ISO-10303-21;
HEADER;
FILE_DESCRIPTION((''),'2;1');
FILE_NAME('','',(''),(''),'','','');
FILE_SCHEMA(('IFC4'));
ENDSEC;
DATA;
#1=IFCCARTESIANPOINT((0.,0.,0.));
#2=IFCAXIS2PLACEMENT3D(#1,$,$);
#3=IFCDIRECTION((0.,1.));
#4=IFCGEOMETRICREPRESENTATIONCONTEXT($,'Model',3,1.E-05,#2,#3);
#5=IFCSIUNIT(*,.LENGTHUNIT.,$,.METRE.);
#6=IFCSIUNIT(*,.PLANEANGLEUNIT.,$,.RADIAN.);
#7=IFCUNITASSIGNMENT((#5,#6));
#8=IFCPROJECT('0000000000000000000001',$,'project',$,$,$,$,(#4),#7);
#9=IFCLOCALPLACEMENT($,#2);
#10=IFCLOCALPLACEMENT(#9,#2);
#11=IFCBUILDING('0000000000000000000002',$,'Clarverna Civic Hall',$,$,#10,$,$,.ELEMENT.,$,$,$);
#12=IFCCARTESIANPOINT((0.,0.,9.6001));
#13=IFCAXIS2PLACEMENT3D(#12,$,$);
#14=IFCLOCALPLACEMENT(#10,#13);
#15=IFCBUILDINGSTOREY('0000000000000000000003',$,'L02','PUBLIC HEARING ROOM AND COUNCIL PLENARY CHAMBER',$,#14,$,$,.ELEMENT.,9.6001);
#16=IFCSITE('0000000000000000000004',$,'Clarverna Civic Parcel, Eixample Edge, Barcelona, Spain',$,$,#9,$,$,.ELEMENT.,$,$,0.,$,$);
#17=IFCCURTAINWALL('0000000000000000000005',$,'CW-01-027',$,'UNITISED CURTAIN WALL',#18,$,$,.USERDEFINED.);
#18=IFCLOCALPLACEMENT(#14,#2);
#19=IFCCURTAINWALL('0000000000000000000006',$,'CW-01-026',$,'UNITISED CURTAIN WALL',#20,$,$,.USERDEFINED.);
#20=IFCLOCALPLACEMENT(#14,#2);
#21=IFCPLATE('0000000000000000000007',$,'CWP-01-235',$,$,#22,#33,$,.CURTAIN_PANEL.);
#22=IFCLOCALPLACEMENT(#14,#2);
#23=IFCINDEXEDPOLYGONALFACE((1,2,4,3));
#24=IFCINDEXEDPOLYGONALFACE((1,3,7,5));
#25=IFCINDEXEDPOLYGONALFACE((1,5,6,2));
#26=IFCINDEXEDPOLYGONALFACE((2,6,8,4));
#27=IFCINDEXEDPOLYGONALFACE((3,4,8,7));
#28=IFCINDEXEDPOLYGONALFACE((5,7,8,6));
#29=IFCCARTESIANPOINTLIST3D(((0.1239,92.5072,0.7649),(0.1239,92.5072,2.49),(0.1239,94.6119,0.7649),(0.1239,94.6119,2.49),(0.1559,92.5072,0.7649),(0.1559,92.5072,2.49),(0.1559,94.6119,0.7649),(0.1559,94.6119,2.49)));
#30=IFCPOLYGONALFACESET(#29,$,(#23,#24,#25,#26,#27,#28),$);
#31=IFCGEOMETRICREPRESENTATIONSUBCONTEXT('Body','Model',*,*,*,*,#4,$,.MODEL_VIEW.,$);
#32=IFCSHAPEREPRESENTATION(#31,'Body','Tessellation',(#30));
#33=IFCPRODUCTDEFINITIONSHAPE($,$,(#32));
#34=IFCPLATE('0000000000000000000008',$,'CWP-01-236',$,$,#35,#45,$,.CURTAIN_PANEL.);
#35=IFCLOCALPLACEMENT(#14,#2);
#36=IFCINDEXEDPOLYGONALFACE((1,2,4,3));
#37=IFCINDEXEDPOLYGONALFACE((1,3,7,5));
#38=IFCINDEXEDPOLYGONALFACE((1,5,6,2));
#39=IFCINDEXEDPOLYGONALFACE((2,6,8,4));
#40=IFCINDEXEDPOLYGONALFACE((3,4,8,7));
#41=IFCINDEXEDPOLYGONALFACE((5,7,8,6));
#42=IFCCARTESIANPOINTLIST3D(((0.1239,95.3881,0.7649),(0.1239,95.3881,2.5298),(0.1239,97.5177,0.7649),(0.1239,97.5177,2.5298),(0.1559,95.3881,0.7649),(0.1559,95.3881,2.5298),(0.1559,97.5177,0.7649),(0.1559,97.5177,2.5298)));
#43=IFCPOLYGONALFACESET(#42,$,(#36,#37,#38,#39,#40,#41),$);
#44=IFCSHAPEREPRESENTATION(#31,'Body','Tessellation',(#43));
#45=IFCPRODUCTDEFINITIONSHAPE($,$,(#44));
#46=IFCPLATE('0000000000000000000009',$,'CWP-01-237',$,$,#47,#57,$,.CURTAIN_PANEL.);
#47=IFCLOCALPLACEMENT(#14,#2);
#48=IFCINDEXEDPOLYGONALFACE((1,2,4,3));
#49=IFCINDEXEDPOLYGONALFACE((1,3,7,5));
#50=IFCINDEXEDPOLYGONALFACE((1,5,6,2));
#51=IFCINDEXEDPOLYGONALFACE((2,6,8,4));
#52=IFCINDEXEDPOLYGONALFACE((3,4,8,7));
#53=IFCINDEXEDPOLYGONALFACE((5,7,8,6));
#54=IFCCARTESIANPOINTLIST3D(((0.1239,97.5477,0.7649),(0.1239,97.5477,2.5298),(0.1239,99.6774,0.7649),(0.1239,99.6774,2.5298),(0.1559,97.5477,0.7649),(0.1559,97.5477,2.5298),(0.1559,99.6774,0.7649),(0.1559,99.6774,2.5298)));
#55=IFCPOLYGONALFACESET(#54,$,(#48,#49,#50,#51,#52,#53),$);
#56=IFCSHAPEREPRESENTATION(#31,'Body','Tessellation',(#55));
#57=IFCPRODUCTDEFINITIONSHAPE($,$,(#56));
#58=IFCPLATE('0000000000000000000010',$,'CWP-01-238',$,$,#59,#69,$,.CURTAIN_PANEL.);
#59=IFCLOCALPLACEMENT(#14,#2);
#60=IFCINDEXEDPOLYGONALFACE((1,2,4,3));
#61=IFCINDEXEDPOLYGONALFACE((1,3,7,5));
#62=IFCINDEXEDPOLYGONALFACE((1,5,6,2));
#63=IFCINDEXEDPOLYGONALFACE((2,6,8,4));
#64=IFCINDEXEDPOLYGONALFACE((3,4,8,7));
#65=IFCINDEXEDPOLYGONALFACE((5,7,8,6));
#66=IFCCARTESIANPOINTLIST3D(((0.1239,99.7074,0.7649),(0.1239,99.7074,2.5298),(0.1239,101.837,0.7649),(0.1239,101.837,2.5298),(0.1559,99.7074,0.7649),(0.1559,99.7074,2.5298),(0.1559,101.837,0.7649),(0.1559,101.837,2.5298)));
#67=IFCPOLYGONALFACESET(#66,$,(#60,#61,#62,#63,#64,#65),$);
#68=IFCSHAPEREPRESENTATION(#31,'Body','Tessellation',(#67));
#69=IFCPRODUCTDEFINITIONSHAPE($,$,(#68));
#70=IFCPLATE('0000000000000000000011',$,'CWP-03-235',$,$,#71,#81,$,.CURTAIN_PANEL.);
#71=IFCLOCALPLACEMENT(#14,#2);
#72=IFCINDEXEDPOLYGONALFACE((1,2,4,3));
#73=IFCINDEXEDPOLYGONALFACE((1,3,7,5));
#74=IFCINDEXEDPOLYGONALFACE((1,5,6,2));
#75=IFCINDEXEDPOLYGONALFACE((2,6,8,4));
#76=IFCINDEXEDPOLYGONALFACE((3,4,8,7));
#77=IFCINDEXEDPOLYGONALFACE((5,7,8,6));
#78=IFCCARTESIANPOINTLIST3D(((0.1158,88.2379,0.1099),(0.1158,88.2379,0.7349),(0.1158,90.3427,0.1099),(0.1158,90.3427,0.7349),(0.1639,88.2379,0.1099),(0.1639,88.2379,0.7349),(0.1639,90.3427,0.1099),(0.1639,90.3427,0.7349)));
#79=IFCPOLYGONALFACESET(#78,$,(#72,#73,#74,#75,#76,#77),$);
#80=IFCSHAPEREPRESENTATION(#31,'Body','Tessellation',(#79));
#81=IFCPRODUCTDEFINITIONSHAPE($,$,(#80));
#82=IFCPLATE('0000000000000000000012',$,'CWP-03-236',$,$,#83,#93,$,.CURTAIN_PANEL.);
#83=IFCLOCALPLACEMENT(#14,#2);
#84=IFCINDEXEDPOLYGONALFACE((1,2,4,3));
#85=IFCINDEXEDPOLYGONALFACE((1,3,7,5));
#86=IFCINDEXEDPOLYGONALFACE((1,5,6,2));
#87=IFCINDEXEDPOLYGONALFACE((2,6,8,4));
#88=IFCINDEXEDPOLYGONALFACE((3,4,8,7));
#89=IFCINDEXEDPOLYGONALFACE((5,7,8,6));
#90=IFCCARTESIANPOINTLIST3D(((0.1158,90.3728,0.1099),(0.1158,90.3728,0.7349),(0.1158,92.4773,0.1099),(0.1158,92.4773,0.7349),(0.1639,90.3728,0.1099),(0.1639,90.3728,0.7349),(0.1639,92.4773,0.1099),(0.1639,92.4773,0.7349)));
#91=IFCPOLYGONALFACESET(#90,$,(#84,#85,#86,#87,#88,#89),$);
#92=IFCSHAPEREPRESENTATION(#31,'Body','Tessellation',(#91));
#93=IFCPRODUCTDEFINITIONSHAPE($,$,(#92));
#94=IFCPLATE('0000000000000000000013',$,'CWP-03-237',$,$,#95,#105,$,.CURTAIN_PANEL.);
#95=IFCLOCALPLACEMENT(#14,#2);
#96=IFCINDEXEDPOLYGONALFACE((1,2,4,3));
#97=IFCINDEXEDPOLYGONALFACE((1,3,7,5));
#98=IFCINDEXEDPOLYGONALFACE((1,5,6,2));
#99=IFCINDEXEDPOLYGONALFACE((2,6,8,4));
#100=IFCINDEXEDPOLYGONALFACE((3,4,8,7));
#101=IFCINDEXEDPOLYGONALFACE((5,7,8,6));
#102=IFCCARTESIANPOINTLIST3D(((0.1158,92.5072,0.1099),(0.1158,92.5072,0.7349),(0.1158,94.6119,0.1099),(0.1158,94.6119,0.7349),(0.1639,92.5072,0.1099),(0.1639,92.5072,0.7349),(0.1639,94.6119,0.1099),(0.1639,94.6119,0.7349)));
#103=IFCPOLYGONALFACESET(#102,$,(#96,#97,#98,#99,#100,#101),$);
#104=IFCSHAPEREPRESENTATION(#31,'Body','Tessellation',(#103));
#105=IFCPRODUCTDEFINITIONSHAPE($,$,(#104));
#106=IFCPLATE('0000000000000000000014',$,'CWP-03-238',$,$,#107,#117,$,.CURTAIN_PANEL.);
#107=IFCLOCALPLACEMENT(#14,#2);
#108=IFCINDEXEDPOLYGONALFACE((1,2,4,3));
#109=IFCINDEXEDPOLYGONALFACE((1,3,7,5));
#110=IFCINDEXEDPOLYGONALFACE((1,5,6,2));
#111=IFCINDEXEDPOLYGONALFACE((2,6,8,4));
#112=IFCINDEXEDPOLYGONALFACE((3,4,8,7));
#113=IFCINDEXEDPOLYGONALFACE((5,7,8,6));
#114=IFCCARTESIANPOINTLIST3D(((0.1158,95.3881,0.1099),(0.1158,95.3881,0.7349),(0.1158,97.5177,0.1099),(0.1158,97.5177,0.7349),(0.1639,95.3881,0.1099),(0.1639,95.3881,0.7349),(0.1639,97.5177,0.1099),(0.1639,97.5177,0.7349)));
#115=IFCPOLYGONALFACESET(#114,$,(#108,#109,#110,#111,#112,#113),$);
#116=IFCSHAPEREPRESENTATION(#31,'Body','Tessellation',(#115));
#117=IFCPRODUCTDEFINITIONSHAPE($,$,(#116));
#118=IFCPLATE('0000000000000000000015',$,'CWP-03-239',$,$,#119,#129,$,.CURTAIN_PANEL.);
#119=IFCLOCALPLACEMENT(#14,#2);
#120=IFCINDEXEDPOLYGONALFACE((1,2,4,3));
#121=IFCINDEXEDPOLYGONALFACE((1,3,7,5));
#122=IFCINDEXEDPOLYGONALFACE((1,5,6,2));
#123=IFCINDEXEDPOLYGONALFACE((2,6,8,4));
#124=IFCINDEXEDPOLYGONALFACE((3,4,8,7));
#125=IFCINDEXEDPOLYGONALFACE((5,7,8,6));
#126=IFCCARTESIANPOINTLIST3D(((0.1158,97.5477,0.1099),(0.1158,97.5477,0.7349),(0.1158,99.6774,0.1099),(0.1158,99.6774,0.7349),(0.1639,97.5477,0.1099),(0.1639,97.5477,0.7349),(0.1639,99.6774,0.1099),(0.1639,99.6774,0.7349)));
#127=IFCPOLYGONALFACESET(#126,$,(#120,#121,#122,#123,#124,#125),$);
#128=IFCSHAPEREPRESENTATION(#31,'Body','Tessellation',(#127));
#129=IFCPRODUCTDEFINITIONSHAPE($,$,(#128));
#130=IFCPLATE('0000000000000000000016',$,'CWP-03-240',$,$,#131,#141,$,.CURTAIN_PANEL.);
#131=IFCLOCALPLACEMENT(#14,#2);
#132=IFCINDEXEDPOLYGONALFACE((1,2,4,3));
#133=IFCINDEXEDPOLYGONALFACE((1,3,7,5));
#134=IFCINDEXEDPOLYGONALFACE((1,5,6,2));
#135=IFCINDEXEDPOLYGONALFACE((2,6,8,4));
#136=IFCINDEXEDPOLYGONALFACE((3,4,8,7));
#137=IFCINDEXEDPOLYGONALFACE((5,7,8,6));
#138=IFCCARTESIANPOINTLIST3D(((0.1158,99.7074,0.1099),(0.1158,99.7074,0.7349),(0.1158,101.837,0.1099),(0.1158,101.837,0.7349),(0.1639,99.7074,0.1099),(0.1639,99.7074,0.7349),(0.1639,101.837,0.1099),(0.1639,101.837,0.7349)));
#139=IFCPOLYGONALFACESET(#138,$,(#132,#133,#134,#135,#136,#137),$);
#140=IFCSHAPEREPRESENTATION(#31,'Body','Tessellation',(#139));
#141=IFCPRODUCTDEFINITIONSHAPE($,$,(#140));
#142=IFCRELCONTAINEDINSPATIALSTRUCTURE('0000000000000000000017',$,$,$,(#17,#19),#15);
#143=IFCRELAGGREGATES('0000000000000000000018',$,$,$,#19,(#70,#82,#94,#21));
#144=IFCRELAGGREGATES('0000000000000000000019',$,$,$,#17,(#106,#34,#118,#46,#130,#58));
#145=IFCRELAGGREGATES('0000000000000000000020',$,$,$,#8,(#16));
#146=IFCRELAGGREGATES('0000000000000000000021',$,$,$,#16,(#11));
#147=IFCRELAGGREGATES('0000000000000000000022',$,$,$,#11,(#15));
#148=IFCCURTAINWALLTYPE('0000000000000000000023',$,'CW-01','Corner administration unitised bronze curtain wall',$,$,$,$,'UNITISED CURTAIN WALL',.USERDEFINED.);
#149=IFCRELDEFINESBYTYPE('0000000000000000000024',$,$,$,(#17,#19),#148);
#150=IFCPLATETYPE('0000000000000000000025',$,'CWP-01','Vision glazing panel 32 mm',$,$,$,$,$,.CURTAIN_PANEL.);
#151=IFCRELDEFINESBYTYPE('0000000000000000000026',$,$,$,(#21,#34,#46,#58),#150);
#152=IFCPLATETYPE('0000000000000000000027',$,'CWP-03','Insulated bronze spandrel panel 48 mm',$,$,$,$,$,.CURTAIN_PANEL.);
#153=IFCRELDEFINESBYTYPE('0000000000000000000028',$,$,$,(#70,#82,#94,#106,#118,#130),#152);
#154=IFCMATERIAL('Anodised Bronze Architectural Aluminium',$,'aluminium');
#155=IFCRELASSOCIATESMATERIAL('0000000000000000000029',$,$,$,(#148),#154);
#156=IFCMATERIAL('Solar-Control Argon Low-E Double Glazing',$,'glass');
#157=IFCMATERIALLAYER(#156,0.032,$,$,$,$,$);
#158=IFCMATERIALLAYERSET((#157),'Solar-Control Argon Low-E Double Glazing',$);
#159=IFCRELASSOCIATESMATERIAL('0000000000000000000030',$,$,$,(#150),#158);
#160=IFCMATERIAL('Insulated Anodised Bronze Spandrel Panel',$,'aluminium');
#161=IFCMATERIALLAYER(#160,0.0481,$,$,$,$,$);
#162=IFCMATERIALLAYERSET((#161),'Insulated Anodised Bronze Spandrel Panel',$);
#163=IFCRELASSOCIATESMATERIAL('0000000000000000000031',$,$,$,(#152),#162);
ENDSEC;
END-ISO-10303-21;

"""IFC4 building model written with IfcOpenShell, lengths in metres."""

from ifc_helpers import new_model, si_unit, direction, frame, frame_2d, origin, place, context, subcontext, project, spatial, rectangle, extrude, material, layer, layer_set, type_object, element, aggregate, save


model = new_model("IFC4")

# Units and contexts
model_context = context("Model", 3, precision=1e-05, world=origin(), true_north=direction((0.0, 1.0)))
body_context = subcontext(model_context, "Body", "Model", "MODEL_VIEW")
ifc_project = project(units=[si_unit("LENGTHUNIT", "METRE"), si_unit("PLANEANGLEUNIT", "RADIAN")], contexts=[model_context])

# Site, building, storey
site_placement = place(None, origin())
site = spatial("IfcSite", under=ifc_project, at=site_placement, Name="Clarverna Civic Parcel, Eixample Edge, Barcelona, Spain", CompositionType="ELEMENT", RefElevation=0.0)
building_placement = place(site_placement, origin())
building = spatial("IfcBuilding", under=site, at=building_placement, Name="Clarverna Civic Hall", CompositionType="ELEMENT")
storey_placement = place(building_placement, frame((0.0, 0.0, 9.6001)))
storey = spatial("IfcBuildingStorey", under=building, at=storey_placement, Name="L02", Description="PUBLIC HEARING ROOM AND COUNCIL PLENARY CHAMBER", CompositionType="ELEMENT", Elevation=9.6001)

# Curtain walls
ifc_material_1 = material(Name="Anodised Bronze Architectural Aluminium", Category="aluminium")
curtain_wall_type = type_object("IfcCurtainWallType", Name="CW-01", Description="Corner administration unitised bronze curtain wall", ElementType="UNITISED CURTAIN WALL", PredefinedType="USERDEFINED", material=ifc_material_1)
curtain_wall_1_placement = place(storey_placement, origin())
curtain_wall_1 = element("IfcCurtainWall", 1, at=curtain_wall_1_placement, inside=storey, type_object=curtain_wall_type, Name="CW-01-027", ObjectType="UNITISED CURTAIN WALL", PredefinedType="USERDEFINED")
curtain_wall_2_placement = place(storey_placement, origin())
curtain_wall_2 = element("IfcCurtainWall", 2, at=curtain_wall_2_placement, inside=storey, type_object=curtain_wall_type, Name="CW-01-026", ObjectType="UNITISED CURTAIN WALL", PredefinedType="USERDEFINED")

# Plates
ifc_material_2 = material(Name="Solar-Control Argon Low-E Double Glazing", Category="glass")
ifc_layer_1 = layer(ifc_material_2, 0.032)
ifc_layer_set_1 = layer_set([ifc_layer_1], Name="Solar-Control Argon Low-E Double Glazing")
plate_type_1 = type_object("IfcPlateType", Name="CWP-01", Description="Vision glazing panel 32 mm", PredefinedType="CURTAIN_PANEL", material=ifc_layer_set_1)
plate_1_placement = place(storey_placement, frame((0.1399, 92.5073, 0.7649), z_axis=(0.0, 0.0, 1.0), x_axis=(0.0, 1.0, 0.0)))
plate_1 = element("IfcPlate", 3, at=plate_1_placement, type_object=plate_type_1, Name="CWP-01-235", PredefinedType="CURTAIN_PANEL", context=body_context, shape_type="SweptSolid", body=[
    extrude(rectangle(XDim=2.1047, YDim=0.032, at=frame_2d((1.0522, 0.0))), origin(), (0.0, 0.0, 1.0), 1.7251),
])
plate_2_placement = place(storey_placement, frame((0.1399, 95.3879, 0.7649), z_axis=(0.0, 0.0, 1.0), x_axis=(0.0, 1.0, 0.0)))
plate_2 = element("IfcPlate", 4, at=plate_2_placement, type_object=plate_type_1, Name="CWP-01-236", PredefinedType="CURTAIN_PANEL", context=body_context, shape_type="SweptSolid", body=[
    extrude(rectangle(XDim=2.1296, YDim=0.032, at=frame_2d((1.0649, 0.0))), origin(), (0.0, 0.0, 1.0), 1.7649),
])
plate_3_placement = place(storey_placement, frame((0.1399, 97.5476, 0.7649), z_axis=(0.0, 0.0, 1.0), x_axis=(0.0, 1.0, 0.0)))
plate_3 = element("IfcPlate", 5, at=plate_3_placement, type_object=plate_type_1, Name="CWP-01-237", PredefinedType="CURTAIN_PANEL", context=body_context, shape_type="SweptSolid", body=[
    extrude(rectangle(XDim=2.1296, YDim=0.032, at=frame_2d((1.0649, 0.0))), origin(), (0.0, 0.0, 1.0), 1.7649),
])
plate_4_placement = place(storey_placement, frame((0.1399, 99.7073, 0.7649), z_axis=(0.0, 0.0, 1.0), x_axis=(0.0, 1.0, 0.0)))
plate_4 = element("IfcPlate", 6, at=plate_4_placement, type_object=plate_type_1, Name="CWP-01-238", PredefinedType="CURTAIN_PANEL", context=body_context, shape_type="SweptSolid", body=[
    extrude(rectangle(XDim=2.1296, YDim=0.032, at=frame_2d((1.0649, 0.0))), origin(), (0.0, 0.0, 1.0), 1.7649),
])
ifc_material_3 = material(Name="Insulated Anodised Bronze Spandrel Panel", Category="aluminium")
ifc_layer_2 = layer(ifc_material_3, 0.0481)
ifc_layer_set_2 = layer_set([ifc_layer_2], Name="Insulated Anodised Bronze Spandrel Panel")
plate_type_2 = type_object("IfcPlateType", Name="CWP-03", Description="Insulated bronze spandrel panel 48 mm", PredefinedType="CURTAIN_PANEL", material=ifc_layer_set_2)
plate_5_placement = place(storey_placement, frame((0.1399, 88.238, 0.1099), z_axis=(0.0, 0.0, 1.0), x_axis=(0.0, 1.0, 0.0)))
plate_5 = element("IfcPlate", 7, at=plate_5_placement, type_object=plate_type_2, Name="CWP-03-235", PredefinedType="CURTAIN_PANEL", context=body_context, shape_type="SweptSolid", body=[
    extrude(rectangle(XDim=2.1047, YDim=0.0481, at=frame_2d((1.0522, 0.0))), origin(), (0.0, 0.0, 1.0), 0.625),
])
plate_6_placement = place(storey_placement, frame((0.1399, 90.3728, 0.1099), z_axis=(0.0, 0.0, 1.0), x_axis=(0.0, 1.0, 0.0)))
plate_6 = element("IfcPlate", 8, at=plate_6_placement, type_object=plate_type_2, Name="CWP-03-236", PredefinedType="CURTAIN_PANEL", context=body_context, shape_type="SweptSolid", body=[
    extrude(rectangle(XDim=2.1045, YDim=0.0481, at=frame_2d((1.0522, 0.0))), origin(), (0.0, 0.0, 1.0), 0.625),
])
plate_7_placement = place(storey_placement, frame((0.1399, 92.5073, 0.1099), z_axis=(0.0, 0.0, 1.0), x_axis=(0.0, 1.0, 0.0)))
plate_7 = element("IfcPlate", 9, at=plate_7_placement, type_object=plate_type_2, Name="CWP-03-237", PredefinedType="CURTAIN_PANEL", context=body_context, shape_type="SweptSolid", body=[
    extrude(rectangle(XDim=2.1047, YDim=0.0481, at=frame_2d((1.0522, 0.0))), origin(), (0.0, 0.0, 1.0), 0.625),
])
aggregate(curtain_wall_2, [plate_5, plate_6, plate_7, plate_1])
plate_8_placement = place(storey_placement, frame((0.1399, 95.3879, 0.1099), z_axis=(0.0, 0.0, 1.0), x_axis=(0.0, 1.0, 0.0)))
plate_8 = element("IfcPlate", 10, at=plate_8_placement, type_object=plate_type_2, Name="CWP-03-238", PredefinedType="CURTAIN_PANEL", context=body_context, shape_type="SweptSolid", body=[
    extrude(rectangle(XDim=2.1296, YDim=0.0481, at=frame_2d((1.0649, 0.0))), origin(), (0.0, 0.0, 1.0), 0.625),
])
plate_9_placement = place(storey_placement, frame((0.1399, 97.5476, 0.1099), z_axis=(0.0, 0.0, 1.0), x_axis=(0.0, 1.0, 0.0)))
plate_9 = element("IfcPlate", 11, at=plate_9_placement, type_object=plate_type_2, Name="CWP-03-239", PredefinedType="CURTAIN_PANEL", context=body_context, shape_type="SweptSolid", body=[
    extrude(rectangle(XDim=2.1296, YDim=0.0481, at=frame_2d((1.0649, 0.0))), origin(), (0.0, 0.0, 1.0), 0.625),
])
plate_10_placement = place(storey_placement, frame((0.1399, 99.7073, 0.1099), z_axis=(0.0, 0.0, 1.0), x_axis=(0.0, 1.0, 0.0)))
plate_10 = element("IfcPlate", 12, at=plate_10_placement, type_object=plate_type_2, Name="CWP-03-240", PredefinedType="CURTAIN_PANEL", context=body_context, shape_type="SweptSolid", body=[
    extrude(rectangle(XDim=2.1296, YDim=0.0481, at=frame_2d((1.0649, 0.0))), origin(), (0.0, 0.0, 1.0), 0.625),
])
aggregate(curtain_wall_1, [plate_8, plate_2, plate_9, plate_3, plate_10, plate_4])

save(model, "model.ifc")
